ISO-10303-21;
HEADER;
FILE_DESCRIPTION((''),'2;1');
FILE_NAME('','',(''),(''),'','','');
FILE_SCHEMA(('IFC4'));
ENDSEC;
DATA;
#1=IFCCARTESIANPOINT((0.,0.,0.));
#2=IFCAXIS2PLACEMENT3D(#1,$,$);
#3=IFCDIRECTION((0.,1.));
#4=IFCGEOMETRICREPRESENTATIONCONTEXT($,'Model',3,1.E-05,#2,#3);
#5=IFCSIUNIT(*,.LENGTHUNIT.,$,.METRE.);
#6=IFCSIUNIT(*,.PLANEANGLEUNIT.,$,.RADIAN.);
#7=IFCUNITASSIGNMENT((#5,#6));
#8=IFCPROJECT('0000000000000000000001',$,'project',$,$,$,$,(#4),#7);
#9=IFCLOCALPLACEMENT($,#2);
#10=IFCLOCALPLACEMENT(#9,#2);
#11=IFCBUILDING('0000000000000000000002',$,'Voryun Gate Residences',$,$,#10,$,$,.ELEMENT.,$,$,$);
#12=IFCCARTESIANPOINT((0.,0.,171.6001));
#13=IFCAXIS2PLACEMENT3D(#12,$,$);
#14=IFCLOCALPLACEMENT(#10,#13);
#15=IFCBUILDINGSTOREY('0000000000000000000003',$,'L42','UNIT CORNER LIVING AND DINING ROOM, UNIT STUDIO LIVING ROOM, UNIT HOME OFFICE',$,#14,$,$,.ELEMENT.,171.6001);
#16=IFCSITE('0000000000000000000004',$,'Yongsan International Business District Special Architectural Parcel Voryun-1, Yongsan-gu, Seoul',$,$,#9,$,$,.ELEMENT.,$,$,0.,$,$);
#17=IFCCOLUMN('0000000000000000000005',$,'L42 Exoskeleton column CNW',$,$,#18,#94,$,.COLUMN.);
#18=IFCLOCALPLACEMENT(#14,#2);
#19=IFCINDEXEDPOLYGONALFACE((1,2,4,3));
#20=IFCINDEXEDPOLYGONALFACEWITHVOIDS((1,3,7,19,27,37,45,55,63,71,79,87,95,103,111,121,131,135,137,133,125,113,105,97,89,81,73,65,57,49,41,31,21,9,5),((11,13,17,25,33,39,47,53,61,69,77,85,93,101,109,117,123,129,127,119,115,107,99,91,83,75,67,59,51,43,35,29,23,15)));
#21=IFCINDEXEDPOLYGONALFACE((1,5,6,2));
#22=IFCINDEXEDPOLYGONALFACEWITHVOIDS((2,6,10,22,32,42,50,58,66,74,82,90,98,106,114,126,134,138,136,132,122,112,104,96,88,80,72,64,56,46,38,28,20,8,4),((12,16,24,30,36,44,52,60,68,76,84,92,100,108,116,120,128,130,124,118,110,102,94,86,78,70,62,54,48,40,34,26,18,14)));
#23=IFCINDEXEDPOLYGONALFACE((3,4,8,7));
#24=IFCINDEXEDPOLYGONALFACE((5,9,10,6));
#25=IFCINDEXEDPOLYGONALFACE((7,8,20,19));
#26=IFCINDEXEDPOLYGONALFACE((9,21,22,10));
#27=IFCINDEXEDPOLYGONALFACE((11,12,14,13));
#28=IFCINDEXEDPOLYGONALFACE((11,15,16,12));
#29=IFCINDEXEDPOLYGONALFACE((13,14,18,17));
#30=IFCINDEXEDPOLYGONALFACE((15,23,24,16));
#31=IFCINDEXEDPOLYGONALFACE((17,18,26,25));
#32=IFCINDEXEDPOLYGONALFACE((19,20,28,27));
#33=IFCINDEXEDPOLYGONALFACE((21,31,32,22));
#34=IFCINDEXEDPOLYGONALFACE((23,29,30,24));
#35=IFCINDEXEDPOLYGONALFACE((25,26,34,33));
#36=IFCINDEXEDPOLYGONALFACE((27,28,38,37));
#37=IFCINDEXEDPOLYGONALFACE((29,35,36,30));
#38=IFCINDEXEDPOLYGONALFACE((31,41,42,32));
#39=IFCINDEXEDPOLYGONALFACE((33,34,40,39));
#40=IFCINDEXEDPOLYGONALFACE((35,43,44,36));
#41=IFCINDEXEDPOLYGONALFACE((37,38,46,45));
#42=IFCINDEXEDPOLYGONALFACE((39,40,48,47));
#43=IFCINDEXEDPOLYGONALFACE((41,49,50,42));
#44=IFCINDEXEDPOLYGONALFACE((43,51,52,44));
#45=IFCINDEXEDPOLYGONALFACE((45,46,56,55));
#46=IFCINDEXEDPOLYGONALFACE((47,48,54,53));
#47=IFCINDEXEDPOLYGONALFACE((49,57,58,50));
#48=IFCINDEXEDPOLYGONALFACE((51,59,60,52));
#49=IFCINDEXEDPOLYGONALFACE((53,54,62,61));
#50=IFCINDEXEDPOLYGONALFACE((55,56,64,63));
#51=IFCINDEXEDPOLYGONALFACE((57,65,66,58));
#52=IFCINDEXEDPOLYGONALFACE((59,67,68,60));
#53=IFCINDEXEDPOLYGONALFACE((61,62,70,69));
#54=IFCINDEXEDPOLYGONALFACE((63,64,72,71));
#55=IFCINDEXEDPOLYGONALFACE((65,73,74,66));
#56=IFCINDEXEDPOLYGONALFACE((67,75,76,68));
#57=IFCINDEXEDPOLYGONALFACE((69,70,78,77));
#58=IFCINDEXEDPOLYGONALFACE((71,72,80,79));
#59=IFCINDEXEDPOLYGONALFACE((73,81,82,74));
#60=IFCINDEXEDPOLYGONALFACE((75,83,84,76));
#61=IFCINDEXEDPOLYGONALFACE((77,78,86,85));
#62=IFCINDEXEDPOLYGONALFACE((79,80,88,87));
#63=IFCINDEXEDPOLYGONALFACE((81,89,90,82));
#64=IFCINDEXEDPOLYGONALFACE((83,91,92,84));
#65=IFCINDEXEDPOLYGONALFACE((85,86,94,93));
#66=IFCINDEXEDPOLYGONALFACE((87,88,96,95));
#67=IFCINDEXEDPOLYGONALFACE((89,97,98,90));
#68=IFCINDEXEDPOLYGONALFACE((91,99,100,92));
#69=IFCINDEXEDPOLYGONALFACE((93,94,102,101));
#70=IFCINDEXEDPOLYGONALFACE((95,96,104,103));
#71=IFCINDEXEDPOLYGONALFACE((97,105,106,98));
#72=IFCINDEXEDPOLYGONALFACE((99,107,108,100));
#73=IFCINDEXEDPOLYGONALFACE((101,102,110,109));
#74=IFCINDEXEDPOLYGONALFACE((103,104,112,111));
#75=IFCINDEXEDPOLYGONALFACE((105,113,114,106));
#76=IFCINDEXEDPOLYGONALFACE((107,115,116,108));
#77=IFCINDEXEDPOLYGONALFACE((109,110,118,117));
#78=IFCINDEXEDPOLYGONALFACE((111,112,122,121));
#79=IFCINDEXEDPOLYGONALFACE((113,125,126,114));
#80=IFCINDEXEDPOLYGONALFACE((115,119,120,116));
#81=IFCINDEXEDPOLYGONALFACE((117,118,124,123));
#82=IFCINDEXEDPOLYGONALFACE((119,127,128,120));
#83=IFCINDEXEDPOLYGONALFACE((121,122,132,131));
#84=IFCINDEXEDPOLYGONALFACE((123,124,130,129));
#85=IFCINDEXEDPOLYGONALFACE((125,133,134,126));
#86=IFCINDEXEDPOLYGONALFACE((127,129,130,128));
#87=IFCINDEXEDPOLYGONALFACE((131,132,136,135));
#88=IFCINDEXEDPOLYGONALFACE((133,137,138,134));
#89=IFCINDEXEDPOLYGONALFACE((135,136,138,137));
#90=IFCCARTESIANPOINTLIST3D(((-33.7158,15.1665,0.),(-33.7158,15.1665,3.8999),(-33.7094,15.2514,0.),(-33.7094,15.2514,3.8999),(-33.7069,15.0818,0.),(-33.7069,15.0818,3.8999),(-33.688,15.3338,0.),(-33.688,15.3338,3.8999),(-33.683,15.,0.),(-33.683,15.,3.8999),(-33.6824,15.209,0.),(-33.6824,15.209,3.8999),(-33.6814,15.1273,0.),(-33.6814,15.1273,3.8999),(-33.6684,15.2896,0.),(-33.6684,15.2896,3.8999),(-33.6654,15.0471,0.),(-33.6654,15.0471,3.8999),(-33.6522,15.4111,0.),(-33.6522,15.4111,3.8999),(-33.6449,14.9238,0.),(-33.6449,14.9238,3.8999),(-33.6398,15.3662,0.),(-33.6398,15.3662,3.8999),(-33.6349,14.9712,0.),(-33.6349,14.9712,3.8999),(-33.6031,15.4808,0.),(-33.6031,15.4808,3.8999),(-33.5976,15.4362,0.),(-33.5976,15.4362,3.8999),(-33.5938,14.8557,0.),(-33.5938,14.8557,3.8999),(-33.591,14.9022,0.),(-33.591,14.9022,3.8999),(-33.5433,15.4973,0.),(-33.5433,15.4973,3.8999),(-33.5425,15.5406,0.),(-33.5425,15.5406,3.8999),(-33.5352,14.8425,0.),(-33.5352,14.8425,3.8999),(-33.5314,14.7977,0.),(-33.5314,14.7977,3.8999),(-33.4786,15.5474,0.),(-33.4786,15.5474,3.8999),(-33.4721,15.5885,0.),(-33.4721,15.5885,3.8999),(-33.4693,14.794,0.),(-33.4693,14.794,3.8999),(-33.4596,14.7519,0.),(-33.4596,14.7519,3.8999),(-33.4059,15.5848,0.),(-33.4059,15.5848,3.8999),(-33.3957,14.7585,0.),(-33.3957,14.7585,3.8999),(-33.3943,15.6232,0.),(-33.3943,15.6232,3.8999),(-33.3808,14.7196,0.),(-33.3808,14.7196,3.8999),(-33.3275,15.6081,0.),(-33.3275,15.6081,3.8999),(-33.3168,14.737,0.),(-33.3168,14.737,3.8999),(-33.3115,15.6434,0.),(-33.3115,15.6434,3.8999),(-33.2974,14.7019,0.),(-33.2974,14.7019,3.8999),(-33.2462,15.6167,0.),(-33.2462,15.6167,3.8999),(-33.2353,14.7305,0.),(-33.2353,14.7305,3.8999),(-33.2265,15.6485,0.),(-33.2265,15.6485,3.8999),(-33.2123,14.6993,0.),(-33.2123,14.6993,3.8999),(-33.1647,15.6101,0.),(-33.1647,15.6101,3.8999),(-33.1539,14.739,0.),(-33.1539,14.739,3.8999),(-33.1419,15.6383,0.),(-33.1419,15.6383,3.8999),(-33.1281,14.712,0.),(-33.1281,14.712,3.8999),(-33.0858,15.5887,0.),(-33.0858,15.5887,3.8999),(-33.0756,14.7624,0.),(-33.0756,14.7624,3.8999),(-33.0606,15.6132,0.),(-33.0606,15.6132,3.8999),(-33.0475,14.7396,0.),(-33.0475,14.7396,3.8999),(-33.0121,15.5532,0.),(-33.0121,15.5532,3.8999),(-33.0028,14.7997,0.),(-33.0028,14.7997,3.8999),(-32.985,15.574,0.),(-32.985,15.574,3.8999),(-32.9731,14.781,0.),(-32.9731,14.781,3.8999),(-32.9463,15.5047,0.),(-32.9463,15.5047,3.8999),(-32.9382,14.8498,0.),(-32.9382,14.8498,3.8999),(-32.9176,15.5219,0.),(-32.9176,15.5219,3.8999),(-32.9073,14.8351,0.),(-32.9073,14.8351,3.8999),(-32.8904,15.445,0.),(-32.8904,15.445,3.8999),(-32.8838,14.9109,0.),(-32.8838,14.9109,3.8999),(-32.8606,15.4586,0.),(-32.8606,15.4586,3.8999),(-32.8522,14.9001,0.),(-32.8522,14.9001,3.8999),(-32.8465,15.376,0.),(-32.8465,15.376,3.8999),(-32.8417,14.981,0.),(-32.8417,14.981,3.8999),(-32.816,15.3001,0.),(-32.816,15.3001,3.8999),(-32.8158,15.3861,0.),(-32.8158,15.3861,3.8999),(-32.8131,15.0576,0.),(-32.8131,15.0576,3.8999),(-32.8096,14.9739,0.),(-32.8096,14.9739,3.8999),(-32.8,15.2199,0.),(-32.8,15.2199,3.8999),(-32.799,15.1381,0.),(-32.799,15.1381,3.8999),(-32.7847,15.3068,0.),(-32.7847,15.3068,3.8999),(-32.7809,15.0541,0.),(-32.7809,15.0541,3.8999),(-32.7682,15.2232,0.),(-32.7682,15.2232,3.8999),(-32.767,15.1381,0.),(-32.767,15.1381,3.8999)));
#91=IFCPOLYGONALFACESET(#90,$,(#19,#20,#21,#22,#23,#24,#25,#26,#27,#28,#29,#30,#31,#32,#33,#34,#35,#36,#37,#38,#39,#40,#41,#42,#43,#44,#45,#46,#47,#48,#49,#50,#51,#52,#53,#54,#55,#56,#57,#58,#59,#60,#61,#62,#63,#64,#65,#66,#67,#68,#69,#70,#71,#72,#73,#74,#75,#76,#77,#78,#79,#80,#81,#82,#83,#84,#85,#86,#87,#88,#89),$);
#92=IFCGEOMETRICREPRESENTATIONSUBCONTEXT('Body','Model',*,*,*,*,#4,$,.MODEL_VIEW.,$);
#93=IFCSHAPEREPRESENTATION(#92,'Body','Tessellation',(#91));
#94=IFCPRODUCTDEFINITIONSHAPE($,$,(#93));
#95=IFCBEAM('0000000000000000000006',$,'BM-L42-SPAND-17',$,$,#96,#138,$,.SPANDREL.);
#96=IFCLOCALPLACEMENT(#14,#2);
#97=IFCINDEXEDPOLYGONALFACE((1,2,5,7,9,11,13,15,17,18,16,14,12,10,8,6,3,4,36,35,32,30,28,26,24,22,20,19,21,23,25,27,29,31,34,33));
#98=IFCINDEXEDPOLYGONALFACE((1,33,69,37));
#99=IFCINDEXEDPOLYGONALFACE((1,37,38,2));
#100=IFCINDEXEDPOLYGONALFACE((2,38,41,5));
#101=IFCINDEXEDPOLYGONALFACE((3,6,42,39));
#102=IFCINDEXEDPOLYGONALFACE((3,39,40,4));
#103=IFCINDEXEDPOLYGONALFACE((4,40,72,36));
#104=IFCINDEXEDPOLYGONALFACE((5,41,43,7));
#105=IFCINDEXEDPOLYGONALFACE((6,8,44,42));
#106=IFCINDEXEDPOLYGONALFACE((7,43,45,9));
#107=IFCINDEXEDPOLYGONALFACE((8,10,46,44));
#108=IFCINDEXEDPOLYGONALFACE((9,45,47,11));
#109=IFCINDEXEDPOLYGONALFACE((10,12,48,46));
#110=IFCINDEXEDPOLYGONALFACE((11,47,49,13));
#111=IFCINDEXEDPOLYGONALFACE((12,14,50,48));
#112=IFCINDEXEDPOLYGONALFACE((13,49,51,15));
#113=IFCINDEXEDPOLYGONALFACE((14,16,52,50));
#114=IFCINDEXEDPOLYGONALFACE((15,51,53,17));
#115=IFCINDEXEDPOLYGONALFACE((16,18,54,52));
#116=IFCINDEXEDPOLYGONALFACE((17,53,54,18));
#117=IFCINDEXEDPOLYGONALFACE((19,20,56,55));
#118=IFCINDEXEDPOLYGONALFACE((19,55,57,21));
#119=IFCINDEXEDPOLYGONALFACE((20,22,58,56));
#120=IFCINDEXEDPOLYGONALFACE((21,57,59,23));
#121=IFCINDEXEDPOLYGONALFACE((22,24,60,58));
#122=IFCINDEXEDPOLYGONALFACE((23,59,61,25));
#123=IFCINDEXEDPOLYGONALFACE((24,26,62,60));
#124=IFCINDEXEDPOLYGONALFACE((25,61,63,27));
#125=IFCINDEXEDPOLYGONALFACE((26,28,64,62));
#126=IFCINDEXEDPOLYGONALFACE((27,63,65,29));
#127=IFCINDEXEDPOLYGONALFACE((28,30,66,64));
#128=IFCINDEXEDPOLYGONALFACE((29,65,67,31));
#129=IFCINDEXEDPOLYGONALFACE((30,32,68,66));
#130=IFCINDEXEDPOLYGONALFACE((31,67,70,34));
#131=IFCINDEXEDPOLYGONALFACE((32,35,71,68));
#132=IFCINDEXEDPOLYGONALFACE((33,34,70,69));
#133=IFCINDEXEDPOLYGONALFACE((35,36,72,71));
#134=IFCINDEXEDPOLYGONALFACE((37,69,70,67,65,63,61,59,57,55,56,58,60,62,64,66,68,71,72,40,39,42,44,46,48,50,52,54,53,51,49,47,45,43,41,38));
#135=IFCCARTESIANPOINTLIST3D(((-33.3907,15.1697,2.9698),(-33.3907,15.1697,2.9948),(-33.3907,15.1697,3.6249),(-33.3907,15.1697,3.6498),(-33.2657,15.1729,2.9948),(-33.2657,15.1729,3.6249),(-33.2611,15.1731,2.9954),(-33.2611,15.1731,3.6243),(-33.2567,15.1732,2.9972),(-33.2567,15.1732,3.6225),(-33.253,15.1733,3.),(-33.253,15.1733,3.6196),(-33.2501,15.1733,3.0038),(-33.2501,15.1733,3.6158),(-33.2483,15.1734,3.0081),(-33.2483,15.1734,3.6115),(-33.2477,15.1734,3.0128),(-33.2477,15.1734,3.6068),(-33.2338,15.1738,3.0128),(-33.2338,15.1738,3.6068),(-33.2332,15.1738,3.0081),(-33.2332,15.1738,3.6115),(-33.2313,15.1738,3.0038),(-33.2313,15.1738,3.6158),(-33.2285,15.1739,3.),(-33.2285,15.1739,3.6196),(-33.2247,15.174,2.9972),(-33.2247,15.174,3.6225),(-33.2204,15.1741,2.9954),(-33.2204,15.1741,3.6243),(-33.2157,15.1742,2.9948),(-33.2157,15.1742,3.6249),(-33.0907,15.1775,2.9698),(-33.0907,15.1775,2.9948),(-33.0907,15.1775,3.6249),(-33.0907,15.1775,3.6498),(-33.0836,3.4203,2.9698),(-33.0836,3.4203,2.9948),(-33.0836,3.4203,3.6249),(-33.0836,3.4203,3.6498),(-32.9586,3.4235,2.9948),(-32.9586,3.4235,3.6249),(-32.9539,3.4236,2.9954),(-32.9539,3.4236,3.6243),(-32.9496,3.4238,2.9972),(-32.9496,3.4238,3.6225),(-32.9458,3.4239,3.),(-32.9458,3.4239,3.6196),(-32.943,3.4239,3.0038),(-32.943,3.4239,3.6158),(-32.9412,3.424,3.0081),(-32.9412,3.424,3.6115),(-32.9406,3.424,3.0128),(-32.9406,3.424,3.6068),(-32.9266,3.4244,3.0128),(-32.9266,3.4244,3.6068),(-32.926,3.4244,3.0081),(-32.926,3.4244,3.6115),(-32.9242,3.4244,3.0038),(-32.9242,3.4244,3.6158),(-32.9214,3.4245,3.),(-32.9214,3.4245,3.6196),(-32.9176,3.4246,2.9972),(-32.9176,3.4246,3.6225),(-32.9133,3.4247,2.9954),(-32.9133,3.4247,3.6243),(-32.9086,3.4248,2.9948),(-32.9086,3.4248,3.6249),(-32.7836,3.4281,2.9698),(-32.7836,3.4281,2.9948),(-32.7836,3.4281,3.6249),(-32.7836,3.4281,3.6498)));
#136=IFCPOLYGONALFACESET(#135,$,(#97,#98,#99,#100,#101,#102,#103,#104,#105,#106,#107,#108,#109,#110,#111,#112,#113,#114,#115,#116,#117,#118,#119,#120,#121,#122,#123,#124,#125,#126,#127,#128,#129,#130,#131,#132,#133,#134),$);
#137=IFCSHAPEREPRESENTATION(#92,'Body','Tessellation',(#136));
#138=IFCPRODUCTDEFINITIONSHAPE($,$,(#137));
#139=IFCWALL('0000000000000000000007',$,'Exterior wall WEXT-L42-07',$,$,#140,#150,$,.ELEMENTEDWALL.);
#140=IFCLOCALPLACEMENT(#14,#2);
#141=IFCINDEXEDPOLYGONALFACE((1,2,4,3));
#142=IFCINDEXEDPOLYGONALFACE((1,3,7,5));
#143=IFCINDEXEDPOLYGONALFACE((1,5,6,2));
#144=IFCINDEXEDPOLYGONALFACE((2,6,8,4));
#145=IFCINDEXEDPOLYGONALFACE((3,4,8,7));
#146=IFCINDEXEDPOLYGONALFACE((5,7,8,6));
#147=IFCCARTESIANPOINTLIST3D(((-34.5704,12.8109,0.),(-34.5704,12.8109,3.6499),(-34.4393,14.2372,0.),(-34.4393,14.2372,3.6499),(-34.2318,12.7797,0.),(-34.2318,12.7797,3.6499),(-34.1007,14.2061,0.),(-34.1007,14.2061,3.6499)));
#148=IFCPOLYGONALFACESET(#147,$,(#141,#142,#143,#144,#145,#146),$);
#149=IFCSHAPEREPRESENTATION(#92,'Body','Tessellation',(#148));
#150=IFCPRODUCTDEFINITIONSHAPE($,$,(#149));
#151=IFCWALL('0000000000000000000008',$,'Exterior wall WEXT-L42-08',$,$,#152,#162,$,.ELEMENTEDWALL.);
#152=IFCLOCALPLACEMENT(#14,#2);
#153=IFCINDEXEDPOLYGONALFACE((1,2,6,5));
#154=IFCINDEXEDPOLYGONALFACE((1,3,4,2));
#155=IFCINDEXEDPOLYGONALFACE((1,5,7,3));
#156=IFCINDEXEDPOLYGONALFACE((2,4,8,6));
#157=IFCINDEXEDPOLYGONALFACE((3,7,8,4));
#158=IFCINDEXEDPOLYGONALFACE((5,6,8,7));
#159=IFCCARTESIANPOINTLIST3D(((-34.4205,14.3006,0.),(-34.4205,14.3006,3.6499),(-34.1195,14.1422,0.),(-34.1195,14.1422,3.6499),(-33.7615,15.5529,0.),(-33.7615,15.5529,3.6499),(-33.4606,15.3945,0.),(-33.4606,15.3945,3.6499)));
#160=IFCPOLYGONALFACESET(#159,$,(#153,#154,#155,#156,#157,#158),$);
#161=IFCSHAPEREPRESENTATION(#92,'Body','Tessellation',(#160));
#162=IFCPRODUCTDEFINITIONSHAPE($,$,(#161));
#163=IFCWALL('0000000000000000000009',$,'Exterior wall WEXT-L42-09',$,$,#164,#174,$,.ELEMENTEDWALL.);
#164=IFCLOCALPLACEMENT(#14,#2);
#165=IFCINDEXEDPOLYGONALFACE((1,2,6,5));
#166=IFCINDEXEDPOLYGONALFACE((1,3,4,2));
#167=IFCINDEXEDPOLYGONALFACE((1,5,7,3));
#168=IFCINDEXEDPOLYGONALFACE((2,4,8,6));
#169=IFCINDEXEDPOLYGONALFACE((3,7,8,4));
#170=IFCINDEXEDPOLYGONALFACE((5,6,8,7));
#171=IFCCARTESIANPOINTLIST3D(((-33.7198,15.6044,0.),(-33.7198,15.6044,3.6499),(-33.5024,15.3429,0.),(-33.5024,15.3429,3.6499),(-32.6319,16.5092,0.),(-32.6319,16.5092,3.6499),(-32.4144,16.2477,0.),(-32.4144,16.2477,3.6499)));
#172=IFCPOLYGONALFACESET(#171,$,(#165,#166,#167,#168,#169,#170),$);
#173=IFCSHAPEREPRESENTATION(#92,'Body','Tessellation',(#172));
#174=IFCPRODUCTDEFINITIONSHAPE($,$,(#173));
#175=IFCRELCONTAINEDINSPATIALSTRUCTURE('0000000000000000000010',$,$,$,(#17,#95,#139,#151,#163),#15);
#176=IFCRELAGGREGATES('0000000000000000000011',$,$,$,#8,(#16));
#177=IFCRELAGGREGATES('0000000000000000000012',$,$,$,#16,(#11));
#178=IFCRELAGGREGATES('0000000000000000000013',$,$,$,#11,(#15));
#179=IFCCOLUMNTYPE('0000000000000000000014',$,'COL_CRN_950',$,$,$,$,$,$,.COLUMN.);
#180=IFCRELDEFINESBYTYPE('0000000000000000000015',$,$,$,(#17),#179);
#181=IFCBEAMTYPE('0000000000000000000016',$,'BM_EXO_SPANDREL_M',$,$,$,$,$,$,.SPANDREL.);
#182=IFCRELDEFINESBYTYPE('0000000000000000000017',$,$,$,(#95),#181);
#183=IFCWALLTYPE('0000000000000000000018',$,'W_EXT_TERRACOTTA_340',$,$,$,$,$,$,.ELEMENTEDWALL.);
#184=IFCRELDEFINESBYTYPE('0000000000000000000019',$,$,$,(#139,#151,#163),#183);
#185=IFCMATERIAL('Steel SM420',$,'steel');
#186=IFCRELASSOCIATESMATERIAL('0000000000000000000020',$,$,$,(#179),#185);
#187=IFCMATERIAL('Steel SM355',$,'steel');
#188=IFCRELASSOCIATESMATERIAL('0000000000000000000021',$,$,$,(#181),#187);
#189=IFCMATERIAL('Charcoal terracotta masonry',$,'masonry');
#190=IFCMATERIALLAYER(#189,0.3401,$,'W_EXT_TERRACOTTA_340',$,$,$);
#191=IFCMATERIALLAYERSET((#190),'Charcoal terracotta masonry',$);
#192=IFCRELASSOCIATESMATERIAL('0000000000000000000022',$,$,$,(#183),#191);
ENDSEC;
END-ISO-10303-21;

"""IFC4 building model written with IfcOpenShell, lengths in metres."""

from ifc_helpers import new_model, si_unit, direction, frame, frame_2d, origin, origin_2d, place, context, subcontext, project, spatial, rectangle, hollow_circle, i_section, extrude, material, layer, layer_set, material_profile, profile_set, type_object, element, save


model = new_model("IFC4")

# Units and contexts
model_context = context("Model", 3, precision=1e-05, world=origin(), true_north=direction((0.0, 1.0)))
body_context = subcontext(model_context, "Body", "Model", "MODEL_VIEW")
ifc_project = project(units=[si_unit("LENGTHUNIT", "METRE"), si_unit("PLANEANGLEUNIT", "RADIAN")], contexts=[model_context])

# Site, building, storey
site_placement = place(None, origin())
site = spatial("IfcSite", under=ifc_project, at=site_placement, Name="Yongsan International Business District Special Architectural Parcel Voryun-1, Yongsan-gu, Seoul", CompositionType="ELEMENT", RefElevation=0.0)
building_placement = place(site_placement, origin())
building = spatial("IfcBuilding", under=site, at=building_placement, Name="Voryun Gate Residences", CompositionType="ELEMENT")
storey_placement = place(building_placement, frame((0.0, 0.0, 171.6001)))
storey = spatial("IfcBuildingStorey", under=building, at=storey_placement, Name="L42", Description="UNIT CORNER LIVING AND DINING ROOM, UNIT STUDIO LIVING ROOM, UNIT HOME OFFICE", CompositionType="ELEMENT", Elevation=171.6001)

# Column
ifc_material_1 = material(Name="Steel SM420", Category="steel")
ifc_material_profile_1 = material_profile(ifc_material_1, hollow_circle(Radius=0.4751, WallThickness=0.032, at=origin_2d()), Name="CHS-950x32")
ifc_profile_set_1 = profile_set([ifc_material_profile_1], Name="Steel SM420")
column_type = type_object("IfcColumnType", Name="COL_CRN_950", PredefinedType="COLUMN", material=ifc_profile_set_1)
column_placement = place(storey_placement, frame((-33.2407, 15.1736, 0.0), z_axis=(0.0, 0.0, 1.0), x_axis=(0.994522, 0.104528, 0.0)))
element("IfcColumn", 1, at=column_placement, inside=storey, type_object=column_type, Name="L42 Exoskeleton column CNW", PredefinedType="COLUMN", context=body_context, shape_type="SweptSolid", body=[
    extrude(hollow_circle(Radius=0.4751, WallThickness=0.032, at=origin_2d()), origin(), (0.0, 0.0, 1.0), 3.8999),
])

# Beam
ifc_material_2 = material(Name="Steel SM355", Category="steel")
ifc_material_profile_2 = material_profile(ifc_material_2, i_section(OverallWidth=0.3, OverallDepth=0.6799, WebThickness=0.0139, FlangeThickness=0.0249, FilletRadius=0.0181, at=origin_2d()), Name="H-680x300x14x25")
ifc_profile_set_2 = profile_set([ifc_material_profile_2], Name="Steel SM355")
beam_type = type_object("IfcBeamType", Name="BM_EXO_SPANDREL_M", PredefinedType="SPANDREL", material=ifc_profile_set_2)
beam_placement = place(storey_placement, frame((-33.2407, 15.1736, 3.3098), z_axis=(0.026131, -0.999659, 0.0), x_axis=(0.999659, 0.026131, 0.0)))
element("IfcBeam", 2, at=beam_placement, inside=storey, type_object=beam_type, Name="BM-L42-SPAND-17", PredefinedType="SPANDREL", context=body_context, shape_type="SweptSolid", body=[
    extrude(i_section(OverallWidth=0.3, OverallDepth=0.6799, WebThickness=0.0139, FlangeThickness=0.0249, FilletRadius=0.0181, at=origin_2d()), origin(), (0.0, 0.0, 1.0), 11.7534),
])

# Walls
ifc_material_3 = material(Name="Charcoal terracotta masonry", Category="masonry")
ifc_layer_1 = layer(ifc_material_3, 0.3401, Name="W_EXT_TERRACOTTA_340")
ifc_layer_set_1 = layer_set([ifc_layer_1], Name="Charcoal terracotta masonry")
wall_type_1 = type_object("IfcWallType", Name="W_EXT_TERRACOTTA_340", PredefinedType="ELEMENTEDWALL", material=ifc_layer_set_1)
wall_1_placement = place(storey_placement, frame((-34.4011, 12.7952, 0.0), z_axis=(0.0, 0.0, 1.0), x_axis=(0.091535, 0.995802, 0.0)))
element("IfcWall", 3, at=wall_1_placement, inside=storey, type_object=wall_type_1, Name="Exterior wall WEXT-L42-07", PredefinedType="ELEMENTEDWALL", context=body_context, shape_type="SweptSolid", body=[
    extrude(rectangle(XDim=1.4324, YDim=0.3401, at=frame_2d((0.7163, 0.0))), origin(), (0.0, 0.0, 1.0), 3.6499),
])
for number, where, z_axis, x_axis, name in (
    (4, (-34.27, 14.2214, 0.0), (0.0, 0.0, 1.0), (0.465682, 0.884952, 0.0), "Exterior wall WEXT-L42-08"),
    (5, (-33.6111, 15.4736, 0.0), (0.0, 0.0, 1.0), (0.768843, 0.639437, 0.0), "Exterior wall WEXT-L42-09"),
):
    element("IfcWall", number, at=place(storey_placement, frame(where, z_axis=z_axis, x_axis=x_axis)), inside=storey, type_object=wall_type_1, Name=name, PredefinedType="ELEMENTEDWALL", context=body_context, shape_type="SweptSolid", body=[
        extrude(rectangle(XDim=1.415, YDim=0.3401, at=frame_2d((0.7075, 0.0))), origin(), (0.0, 0.0, 1.0), 3.6499),
    ])

save(model, "model.ifc")
